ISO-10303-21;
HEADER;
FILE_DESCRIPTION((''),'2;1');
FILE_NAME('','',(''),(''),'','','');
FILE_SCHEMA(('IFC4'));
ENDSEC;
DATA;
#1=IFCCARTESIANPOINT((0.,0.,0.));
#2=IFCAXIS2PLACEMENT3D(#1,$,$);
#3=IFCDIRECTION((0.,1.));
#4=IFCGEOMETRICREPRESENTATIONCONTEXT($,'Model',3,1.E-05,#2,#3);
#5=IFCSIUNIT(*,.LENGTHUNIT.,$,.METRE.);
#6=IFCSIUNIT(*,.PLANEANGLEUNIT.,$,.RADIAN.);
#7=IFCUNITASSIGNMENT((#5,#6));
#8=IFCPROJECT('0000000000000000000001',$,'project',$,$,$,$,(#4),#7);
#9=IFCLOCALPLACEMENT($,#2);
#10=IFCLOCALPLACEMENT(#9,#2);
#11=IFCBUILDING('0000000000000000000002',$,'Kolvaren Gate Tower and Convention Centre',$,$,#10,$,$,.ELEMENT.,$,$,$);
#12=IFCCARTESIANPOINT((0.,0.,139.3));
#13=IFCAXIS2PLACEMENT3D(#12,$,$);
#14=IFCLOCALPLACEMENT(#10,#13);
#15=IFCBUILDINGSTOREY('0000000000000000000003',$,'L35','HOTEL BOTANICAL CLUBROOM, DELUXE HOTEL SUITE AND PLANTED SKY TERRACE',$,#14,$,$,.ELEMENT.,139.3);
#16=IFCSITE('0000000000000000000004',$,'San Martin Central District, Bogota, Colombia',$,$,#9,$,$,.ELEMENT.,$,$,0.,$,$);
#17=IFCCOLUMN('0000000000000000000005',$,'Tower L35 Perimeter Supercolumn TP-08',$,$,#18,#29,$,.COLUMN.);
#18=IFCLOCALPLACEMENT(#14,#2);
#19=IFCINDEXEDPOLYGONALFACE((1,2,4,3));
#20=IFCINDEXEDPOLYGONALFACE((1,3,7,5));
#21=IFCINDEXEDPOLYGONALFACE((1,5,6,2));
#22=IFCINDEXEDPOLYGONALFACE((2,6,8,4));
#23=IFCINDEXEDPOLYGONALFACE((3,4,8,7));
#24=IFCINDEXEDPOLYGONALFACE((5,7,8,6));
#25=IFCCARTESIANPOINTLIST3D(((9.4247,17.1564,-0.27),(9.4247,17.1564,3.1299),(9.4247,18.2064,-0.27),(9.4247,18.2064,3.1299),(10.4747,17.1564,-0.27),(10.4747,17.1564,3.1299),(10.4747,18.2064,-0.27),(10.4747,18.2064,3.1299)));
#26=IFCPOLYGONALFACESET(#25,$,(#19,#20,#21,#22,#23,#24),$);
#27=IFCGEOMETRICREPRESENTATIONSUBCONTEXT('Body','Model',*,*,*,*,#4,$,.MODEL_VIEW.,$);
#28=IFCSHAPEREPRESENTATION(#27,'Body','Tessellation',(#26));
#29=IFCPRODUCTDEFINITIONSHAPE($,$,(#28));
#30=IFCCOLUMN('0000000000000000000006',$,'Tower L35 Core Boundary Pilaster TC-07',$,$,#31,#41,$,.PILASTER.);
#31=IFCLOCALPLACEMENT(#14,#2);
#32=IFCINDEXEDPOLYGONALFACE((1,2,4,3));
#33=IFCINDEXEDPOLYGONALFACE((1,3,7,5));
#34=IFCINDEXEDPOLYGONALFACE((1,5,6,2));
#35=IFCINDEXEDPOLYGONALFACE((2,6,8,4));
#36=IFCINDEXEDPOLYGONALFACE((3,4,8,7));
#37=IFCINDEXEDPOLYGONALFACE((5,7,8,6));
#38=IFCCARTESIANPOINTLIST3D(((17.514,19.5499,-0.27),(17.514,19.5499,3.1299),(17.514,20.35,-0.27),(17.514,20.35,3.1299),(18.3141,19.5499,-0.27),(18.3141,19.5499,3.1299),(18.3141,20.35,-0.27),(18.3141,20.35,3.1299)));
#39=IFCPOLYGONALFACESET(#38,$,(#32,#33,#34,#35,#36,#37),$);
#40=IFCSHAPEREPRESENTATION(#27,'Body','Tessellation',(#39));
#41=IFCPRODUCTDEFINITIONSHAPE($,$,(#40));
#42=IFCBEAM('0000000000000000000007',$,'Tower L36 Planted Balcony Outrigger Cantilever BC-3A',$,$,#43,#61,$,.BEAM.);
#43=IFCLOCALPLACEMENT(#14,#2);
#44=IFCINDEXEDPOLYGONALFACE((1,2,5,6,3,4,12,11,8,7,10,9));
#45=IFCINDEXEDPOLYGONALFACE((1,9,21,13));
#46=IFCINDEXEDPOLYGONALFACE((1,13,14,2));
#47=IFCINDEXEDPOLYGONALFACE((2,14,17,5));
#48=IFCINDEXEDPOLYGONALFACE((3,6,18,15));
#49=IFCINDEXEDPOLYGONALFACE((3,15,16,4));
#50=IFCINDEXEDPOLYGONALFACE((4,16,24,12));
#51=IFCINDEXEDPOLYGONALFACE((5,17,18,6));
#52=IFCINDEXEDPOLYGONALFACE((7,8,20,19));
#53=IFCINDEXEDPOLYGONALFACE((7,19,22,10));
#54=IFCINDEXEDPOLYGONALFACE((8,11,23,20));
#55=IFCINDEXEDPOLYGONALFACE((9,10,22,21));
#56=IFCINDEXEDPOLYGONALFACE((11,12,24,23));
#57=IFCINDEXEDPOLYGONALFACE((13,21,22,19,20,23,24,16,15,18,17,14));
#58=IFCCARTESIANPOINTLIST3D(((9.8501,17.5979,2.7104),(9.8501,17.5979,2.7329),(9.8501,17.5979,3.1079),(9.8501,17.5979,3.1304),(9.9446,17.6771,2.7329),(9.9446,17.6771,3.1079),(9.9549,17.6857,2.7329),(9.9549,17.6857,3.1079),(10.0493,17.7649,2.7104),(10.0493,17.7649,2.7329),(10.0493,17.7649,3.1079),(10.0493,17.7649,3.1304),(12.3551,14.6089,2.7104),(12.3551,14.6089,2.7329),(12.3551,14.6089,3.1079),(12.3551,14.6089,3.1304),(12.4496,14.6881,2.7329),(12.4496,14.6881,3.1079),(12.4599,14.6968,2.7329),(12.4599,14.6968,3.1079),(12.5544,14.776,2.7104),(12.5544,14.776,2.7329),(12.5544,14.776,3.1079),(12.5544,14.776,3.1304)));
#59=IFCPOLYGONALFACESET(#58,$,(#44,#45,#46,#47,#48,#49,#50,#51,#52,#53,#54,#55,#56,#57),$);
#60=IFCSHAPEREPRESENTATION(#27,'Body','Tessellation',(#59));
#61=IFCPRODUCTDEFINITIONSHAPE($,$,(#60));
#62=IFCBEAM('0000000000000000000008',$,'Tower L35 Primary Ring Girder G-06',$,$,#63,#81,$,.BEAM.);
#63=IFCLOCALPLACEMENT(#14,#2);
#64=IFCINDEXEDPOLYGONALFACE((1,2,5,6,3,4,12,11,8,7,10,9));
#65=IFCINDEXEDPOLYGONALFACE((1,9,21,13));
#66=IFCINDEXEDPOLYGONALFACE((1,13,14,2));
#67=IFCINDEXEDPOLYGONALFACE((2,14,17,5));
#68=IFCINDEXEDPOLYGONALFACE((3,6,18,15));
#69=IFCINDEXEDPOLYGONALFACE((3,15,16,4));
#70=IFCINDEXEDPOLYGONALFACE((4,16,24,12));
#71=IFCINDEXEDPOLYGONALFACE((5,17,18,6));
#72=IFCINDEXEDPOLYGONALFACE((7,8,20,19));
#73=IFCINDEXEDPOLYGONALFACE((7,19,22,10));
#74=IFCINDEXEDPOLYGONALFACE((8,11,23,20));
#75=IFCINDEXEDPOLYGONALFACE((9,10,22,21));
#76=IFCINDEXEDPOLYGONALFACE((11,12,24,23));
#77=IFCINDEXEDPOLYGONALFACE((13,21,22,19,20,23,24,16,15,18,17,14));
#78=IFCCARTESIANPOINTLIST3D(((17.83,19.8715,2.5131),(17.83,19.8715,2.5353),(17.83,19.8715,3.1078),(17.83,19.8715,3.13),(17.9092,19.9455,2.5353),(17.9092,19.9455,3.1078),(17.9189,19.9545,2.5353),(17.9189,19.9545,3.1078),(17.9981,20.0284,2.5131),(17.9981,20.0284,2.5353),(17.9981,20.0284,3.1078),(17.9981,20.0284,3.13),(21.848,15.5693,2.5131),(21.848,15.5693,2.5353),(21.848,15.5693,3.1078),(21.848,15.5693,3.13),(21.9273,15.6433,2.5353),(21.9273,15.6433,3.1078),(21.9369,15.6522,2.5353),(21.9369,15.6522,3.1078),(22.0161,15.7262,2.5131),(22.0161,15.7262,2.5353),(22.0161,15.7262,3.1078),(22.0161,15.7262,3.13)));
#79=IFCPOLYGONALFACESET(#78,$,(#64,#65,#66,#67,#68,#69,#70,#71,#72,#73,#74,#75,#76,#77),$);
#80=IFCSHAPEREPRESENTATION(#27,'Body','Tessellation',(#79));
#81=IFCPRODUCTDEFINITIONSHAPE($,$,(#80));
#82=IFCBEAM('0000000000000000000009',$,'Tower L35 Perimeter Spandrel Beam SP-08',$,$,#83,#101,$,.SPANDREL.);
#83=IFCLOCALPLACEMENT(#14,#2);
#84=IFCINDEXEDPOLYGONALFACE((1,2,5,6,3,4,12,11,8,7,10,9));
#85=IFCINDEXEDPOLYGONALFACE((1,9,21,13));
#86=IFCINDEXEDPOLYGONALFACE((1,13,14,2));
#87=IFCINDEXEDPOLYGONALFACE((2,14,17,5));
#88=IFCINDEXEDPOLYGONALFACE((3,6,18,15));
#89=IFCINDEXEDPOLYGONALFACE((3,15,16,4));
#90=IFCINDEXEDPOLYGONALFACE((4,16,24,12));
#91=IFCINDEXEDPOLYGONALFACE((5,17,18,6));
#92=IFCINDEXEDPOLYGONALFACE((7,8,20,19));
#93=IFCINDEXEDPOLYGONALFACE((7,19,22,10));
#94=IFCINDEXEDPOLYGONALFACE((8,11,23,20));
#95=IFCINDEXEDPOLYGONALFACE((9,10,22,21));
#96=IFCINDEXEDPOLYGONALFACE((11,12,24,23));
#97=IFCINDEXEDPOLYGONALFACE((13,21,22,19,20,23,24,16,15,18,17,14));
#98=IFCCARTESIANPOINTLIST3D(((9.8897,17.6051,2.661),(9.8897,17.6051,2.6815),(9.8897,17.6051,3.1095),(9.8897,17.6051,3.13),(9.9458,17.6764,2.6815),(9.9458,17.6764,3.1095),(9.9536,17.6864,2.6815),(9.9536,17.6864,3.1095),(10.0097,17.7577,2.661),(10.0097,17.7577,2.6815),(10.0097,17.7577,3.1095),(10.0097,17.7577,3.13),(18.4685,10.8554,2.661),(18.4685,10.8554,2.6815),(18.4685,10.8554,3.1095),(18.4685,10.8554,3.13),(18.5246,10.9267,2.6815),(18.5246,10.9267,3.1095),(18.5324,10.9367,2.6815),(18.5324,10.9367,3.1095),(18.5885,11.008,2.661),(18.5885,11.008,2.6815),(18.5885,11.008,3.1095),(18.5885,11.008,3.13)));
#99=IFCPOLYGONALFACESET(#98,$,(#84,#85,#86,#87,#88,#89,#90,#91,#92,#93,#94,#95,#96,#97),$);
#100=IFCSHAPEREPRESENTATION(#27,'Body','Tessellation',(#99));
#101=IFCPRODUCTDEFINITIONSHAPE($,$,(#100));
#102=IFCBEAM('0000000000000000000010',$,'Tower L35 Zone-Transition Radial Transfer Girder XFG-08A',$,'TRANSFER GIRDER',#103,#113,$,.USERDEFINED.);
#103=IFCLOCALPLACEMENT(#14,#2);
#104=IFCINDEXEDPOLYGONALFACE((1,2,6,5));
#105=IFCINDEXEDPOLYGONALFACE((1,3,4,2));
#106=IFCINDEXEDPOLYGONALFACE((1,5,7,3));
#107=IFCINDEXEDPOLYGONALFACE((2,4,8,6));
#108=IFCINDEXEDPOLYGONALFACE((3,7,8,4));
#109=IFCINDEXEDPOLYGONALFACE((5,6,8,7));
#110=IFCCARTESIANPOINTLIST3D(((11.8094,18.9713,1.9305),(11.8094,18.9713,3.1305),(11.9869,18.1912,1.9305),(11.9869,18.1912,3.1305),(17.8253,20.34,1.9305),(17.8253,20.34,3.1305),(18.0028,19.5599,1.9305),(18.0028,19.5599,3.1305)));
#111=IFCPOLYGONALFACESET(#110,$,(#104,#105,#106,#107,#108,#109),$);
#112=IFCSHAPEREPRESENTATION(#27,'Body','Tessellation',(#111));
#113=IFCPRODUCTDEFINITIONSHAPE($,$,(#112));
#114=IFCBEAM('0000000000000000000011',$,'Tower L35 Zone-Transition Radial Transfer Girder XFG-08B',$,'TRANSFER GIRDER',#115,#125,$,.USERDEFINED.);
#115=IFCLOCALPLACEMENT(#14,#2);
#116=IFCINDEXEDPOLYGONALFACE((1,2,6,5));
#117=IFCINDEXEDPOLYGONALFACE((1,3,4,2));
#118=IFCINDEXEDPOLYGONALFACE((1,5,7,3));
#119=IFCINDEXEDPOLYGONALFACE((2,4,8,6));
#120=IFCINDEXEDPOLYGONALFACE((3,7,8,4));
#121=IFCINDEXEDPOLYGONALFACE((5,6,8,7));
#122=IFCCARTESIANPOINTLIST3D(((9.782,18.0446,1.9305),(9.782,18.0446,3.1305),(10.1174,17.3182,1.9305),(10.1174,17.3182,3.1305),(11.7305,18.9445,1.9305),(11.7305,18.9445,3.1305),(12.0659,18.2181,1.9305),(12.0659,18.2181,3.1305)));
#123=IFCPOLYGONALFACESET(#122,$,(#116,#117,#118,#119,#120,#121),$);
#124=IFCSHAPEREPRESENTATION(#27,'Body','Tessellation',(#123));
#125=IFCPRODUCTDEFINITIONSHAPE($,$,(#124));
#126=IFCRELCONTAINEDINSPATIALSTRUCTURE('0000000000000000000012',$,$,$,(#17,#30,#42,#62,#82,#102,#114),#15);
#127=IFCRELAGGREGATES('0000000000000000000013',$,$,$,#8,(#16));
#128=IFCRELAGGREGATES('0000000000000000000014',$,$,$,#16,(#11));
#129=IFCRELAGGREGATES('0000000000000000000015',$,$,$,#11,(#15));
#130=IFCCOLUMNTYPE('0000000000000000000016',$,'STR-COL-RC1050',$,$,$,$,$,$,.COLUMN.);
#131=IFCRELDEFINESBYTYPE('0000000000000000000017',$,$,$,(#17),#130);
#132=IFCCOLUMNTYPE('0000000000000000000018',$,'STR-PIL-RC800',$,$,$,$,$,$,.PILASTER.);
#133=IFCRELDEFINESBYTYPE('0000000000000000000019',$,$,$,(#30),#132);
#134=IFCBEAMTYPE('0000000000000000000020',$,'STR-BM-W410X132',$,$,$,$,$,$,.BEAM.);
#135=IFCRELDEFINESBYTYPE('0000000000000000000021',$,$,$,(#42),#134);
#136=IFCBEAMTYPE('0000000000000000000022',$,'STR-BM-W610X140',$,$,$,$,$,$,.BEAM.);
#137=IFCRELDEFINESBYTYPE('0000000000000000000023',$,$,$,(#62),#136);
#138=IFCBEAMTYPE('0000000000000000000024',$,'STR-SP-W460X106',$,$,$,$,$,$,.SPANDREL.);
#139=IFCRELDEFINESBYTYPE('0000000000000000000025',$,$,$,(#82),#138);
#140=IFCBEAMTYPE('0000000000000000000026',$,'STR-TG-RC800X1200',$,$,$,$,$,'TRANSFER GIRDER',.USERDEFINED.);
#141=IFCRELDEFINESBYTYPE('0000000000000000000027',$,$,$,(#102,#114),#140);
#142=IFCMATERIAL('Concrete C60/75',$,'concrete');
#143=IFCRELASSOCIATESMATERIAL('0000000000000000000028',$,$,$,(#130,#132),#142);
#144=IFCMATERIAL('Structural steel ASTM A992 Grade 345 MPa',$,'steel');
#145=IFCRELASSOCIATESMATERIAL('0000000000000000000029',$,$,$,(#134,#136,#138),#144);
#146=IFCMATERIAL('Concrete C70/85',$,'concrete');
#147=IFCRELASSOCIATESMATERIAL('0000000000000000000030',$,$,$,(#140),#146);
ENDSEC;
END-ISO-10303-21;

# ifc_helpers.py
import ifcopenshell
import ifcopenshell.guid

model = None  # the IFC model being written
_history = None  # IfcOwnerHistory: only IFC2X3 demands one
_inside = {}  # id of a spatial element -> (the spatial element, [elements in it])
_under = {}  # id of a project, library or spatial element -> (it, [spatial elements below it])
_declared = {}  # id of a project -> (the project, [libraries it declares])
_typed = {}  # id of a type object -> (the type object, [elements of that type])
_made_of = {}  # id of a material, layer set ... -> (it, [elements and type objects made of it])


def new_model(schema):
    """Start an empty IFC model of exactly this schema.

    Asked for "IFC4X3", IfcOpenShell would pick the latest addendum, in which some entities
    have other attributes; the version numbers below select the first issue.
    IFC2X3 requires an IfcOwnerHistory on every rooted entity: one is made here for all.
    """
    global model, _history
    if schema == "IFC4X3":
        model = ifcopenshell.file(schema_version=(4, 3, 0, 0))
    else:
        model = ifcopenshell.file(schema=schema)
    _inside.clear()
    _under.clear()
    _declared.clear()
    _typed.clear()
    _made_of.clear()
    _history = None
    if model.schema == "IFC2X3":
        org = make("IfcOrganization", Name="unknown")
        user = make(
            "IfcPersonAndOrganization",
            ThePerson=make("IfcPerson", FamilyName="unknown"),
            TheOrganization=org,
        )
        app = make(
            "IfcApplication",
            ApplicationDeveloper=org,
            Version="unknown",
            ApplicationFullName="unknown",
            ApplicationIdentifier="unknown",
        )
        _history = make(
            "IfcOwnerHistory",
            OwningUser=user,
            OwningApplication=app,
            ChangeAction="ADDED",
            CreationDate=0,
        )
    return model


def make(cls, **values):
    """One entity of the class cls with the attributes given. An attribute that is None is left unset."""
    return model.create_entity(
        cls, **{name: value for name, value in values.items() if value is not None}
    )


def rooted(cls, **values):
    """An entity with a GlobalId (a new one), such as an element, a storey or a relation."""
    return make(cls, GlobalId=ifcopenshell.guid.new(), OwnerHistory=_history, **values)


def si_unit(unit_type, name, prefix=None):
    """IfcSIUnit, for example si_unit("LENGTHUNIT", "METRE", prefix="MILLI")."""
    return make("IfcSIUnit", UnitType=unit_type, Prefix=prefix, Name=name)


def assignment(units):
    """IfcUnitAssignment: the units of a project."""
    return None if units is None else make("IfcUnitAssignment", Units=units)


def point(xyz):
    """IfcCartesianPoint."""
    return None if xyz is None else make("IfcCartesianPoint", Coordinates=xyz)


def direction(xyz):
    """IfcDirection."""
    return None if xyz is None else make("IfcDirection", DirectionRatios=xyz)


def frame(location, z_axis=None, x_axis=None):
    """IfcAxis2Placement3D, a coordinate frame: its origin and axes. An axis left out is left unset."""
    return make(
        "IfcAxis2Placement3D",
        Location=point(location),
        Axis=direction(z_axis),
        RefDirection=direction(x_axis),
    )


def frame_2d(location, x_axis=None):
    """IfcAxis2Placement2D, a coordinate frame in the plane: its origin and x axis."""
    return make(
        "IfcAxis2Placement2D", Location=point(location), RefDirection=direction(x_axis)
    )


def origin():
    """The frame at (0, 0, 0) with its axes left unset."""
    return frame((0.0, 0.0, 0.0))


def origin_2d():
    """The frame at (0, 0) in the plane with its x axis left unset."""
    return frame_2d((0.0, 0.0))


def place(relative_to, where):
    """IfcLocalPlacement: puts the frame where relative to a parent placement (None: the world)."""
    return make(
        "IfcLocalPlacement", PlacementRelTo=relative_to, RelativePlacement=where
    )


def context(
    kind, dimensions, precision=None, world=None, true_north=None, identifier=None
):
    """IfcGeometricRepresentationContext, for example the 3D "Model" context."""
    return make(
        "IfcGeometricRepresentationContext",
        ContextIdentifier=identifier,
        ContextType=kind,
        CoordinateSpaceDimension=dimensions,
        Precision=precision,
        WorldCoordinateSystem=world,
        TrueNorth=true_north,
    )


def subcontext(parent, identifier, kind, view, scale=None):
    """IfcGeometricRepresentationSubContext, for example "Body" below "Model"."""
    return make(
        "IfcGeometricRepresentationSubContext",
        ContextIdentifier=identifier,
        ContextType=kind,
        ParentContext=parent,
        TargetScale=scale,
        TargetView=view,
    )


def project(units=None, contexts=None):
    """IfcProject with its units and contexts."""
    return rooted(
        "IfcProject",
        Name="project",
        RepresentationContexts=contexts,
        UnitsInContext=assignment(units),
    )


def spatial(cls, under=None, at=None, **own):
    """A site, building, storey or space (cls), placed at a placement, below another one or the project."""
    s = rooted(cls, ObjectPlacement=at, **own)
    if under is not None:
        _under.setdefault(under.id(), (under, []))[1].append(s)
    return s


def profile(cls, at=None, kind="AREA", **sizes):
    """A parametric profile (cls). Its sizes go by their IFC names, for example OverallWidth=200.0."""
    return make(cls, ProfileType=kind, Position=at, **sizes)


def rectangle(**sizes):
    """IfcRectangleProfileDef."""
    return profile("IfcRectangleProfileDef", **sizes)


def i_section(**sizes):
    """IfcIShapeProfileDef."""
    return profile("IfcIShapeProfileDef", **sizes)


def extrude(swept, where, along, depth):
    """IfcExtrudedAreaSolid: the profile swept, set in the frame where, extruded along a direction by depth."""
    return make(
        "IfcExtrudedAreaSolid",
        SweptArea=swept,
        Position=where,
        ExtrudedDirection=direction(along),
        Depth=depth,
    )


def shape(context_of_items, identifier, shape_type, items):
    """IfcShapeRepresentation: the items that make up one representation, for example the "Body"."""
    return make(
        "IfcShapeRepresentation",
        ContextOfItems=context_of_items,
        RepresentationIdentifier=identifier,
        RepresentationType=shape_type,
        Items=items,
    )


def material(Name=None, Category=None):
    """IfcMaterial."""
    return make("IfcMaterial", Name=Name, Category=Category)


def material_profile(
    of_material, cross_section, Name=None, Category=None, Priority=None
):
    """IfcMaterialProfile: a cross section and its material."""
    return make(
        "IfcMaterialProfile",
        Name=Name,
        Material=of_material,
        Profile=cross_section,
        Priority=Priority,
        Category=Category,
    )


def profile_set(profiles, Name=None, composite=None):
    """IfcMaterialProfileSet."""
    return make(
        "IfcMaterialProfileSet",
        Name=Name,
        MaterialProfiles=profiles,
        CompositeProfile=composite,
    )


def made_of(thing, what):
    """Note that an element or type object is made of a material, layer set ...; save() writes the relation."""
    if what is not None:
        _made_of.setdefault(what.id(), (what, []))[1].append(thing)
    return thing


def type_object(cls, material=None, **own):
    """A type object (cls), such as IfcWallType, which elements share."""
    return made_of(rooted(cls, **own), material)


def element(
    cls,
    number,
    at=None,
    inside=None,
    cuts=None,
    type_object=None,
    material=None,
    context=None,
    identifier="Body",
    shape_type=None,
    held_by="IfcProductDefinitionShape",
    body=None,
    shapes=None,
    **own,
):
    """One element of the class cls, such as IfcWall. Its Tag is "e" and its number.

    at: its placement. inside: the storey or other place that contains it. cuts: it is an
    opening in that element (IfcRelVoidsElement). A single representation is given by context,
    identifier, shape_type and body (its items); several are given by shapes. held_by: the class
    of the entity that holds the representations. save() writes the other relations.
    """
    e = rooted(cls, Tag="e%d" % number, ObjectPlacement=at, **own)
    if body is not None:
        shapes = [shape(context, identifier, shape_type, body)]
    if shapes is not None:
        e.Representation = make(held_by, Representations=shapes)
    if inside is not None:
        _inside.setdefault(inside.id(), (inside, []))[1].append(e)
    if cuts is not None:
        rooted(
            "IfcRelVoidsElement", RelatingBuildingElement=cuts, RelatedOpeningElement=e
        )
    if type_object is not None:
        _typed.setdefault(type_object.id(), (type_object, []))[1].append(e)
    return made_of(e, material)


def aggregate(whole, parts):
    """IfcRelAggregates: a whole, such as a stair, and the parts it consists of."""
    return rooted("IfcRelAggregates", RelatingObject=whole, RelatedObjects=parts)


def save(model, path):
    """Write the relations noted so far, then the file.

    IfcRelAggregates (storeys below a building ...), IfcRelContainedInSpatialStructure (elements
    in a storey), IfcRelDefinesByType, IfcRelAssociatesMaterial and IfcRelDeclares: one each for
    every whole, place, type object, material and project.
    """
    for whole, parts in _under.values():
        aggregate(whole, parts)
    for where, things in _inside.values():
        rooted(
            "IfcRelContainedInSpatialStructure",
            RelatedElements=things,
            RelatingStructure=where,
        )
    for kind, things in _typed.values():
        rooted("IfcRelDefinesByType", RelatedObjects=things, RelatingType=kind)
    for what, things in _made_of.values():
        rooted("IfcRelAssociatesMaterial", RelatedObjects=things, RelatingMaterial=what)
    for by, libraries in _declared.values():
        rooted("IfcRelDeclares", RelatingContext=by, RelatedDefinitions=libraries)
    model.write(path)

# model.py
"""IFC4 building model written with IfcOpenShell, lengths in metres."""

from ifc_helpers import new_model, si_unit, direction, frame, origin, origin_2d, place, context, subcontext, project, spatial, rectangle, i_section, extrude, material, material_profile, profile_set, type_object, element, save


model = new_model("IFC4")

# Units and contexts
model_context = context("Model", 3, precision=1e-05, world=origin(), true_north=direction((0.0, 1.0)))
body_context = subcontext(model_context, "Body", "Model", "MODEL_VIEW")
ifc_project = project(units=[si_unit("LENGTHUNIT", "METRE"), si_unit("PLANEANGLEUNIT", "RADIAN")], contexts=[model_context])

# Site, building, storey
site_placement = place(None, origin())
site = spatial("IfcSite", under=ifc_project, at=site_placement, Name="San Martin Central District, Bogota, Colombia", CompositionType="ELEMENT", RefElevation=0.0)
building_placement = place(site_placement, origin())
building = spatial("IfcBuilding", under=site, at=building_placement, Name="Kolvaren Gate Tower and Convention Centre", CompositionType="ELEMENT")
storey_placement = place(building_placement, frame((0.0, 0.0, 139.3)))
storey = spatial("IfcBuildingStorey", under=building, at=storey_placement, Name="L35", Description="HOTEL BOTANICAL CLUBROOM, DELUXE HOTEL SUITE AND PLANTED SKY TERRACE", CompositionType="ELEMENT", Elevation=139.3)

# Columns
ifc_material_1 = material(Name="Concrete C60/75", Category="concrete")
ifc_material_profile_1 = material_profile(ifc_material_1, rectangle(XDim=1.05, YDim=1.05, at=origin_2d()), Name="RC-COL-1050X1050")
ifc_profile_set_1 = profile_set([ifc_material_profile_1], Name="Concrete C60/75")
column_type_1 = type_object("IfcColumnType", Name="STR-COL-RC1050", PredefinedType="COLUMN", material=ifc_profile_set_1)
column_1_placement = place(storey_placement, frame((9.9497, 17.6814, -0.27), z_axis=(0.0, 0.0, 1.0), x_axis=(1.0, 0.0, 0.0)))
element("IfcColumn", 1, at=column_1_placement, inside=storey, type_object=column_type_1, Name="Tower L35 Perimeter Supercolumn TP-08", PredefinedType="COLUMN", context=body_context, shape_type="SweptSolid", body=[
    extrude(rectangle(XDim=1.05, YDim=1.05, at=origin_2d()), origin(), (0.0, 0.0, 1.0), 3.3999),
])
ifc_material_profile_2 = material_profile(ifc_material_1, rectangle(XDim=0.8, YDim=0.8, at=origin_2d()), Name="RC-COL-800X800")
ifc_profile_set_2 = profile_set([ifc_material_profile_2], Name="Concrete C60/75")
column_type_2 = type_object("IfcColumnType", Name="STR-PIL-RC800", PredefinedType="PILASTER", material=ifc_profile_set_2)
column_2_placement = place(storey_placement, frame((17.9141, 19.95, -0.27), z_axis=(0.0, 0.0, 1.0), x_axis=(1.0, 0.0, 0.0)))
element("IfcColumn", 2, at=column_2_placement, inside=storey, type_object=column_type_2, Name="Tower L35 Core Boundary Pilaster TC-07", PredefinedType="PILASTER", context=body_context, shape_type="SweptSolid", body=[
    extrude(rectangle(XDim=0.8, YDim=0.8, at=origin_2d()), origin(), (0.0, 0.0, 1.0), 3.3999),
])

# Beams
ifc_material_2 = material(Name="Structural steel ASTM A992 Grade 345 MPa", Category="steel")
ifc_material_profile_3 = material_profile(ifc_material_2, i_section(OverallWidth=0.26, OverallDepth=0.4199, WebThickness=0.0134, FlangeThickness=0.0225, at=origin_2d()), Name="W410X132")
ifc_profile_set_3 = profile_set([ifc_material_profile_3], Name="Structural steel ASTM A992 Grade 345 MPa")
beam_type_1 = type_object("IfcBeamType", Name="STR-BM-W410X132", PredefinedType="BEAM", material=ifc_profile_set_3)
beam_1_placement = place(storey_placement, frame((9.9497, 17.6814, 2.9204), z_axis=(0.642343, -0.766417, 0.0), x_axis=(0.766417, 0.642343, 0.0)))
element("IfcBeam", 3, at=beam_1_placement, inside=storey, type_object=beam_type_1, Name="Tower L36 Planted Balcony Outrigger Cantilever BC-3A", PredefinedType="BEAM", context=body_context, shape_type="SweptSolid", body=[
    extrude(i_section(OverallWidth=0.26, OverallDepth=0.4199, WebThickness=0.0134, FlangeThickness=0.0225, at=origin_2d()), origin(), (0.0, 0.0, 1.0), 3.8999),
])
ifc_material_profile_4 = material_profile(ifc_material_2, i_section(OverallWidth=0.23, OverallDepth=0.6169, WebThickness=0.0132, FlangeThickness=0.0222, at=origin_2d()), Name="W610X140")
ifc_profile_set_4 = profile_set([ifc_material_profile_4], Name="Structural steel ASTM A992 Grade 345 MPa")
beam_type_2 = type_object("IfcBeamType", Name="STR-BM-W610X140", PredefinedType="BEAM", material=ifc_profile_set_4)
beam_2_placement = place(storey_placement, frame((17.9141, 19.95, 2.8215), z_axis=(0.682558, -0.730832, 0.0), x_axis=(0.730832, 0.682558, 0.0)))
element("IfcBeam", 4, at=beam_2_placement, inside=storey, type_object=beam_type_2, Name="Tower L35 Primary Ring Girder G-06", PredefinedType="BEAM", context=body_context, shape_type="SweptSolid", body=[
    extrude(i_section(OverallWidth=0.23, OverallDepth=0.6169, WebThickness=0.0132, FlangeThickness=0.0222, at=origin_2d()), origin(), (0.0, 0.0, 1.0), 5.8867),
])
ifc_material_profile_5 = material_profile(ifc_material_2, i_section(OverallWidth=0.1941, OverallDepth=0.469, WebThickness=0.0127, FlangeThickness=0.0205, at=origin_2d()), Name="W460X106")
ifc_profile_set_5 = profile_set([ifc_material_profile_5], Name="Structural steel ASTM A992 Grade 345 MPa")
beam_type_3 = type_object("IfcBeamType", Name="STR-SP-W460X106", PredefinedType="SPANDREL", material=ifc_profile_set_5)
beam_3_placement = place(storey_placement, frame((9.9497, 17.6814, 2.8955), z_axis=(0.785908, -0.618344, 0.0), x_axis=(0.618344, 0.785908, 0.0)))
element("IfcBeam", 5, at=beam_3_placement, inside=storey, type_object=beam_type_3, Name="Tower L35 Perimeter Spandrel Beam SP-08", PredefinedType="SPANDREL", context=body_context, shape_type="SweptSolid", body=[
    extrude(i_section(OverallWidth=0.1941, OverallDepth=0.469, WebThickness=0.0127, FlangeThickness=0.0205, at=origin_2d()), origin(), (0.0, 0.0, 1.0), 10.9158),
])
ifc_material_3 = material(Name="Concrete C70/85", Category="concrete")
ifc_material_profile_6 = material_profile(ifc_material_3, rectangle(XDim=0.8, YDim=1.2, at=origin_2d()), Name="RC-BM-800X1200")
ifc_profile_set_6 = profile_set([ifc_material_profile_6], Name="Concrete C70/85")
beam_type_4 = type_object("IfcBeamType", Name="STR-TG-RC800X1200", ElementType="TRANSFER GIRDER", PredefinedType="USERDEFINED", material=ifc_profile_set_6)
beam_4_placement = place(storey_placement, frame((17.9141, 19.95, 2.5305), z_axis=(-0.975083, -0.221838, 0.0), x_axis=(0.221838, -0.975083, 0.0)))
element("IfcBeam", 6, at=beam_4_placement, inside=storey, type_object=beam_type_4, Name="Tower L35 Zone-Transition Radial Transfer Girder XFG-08A", ObjectType="TRANSFER GIRDER", PredefinedType="USERDEFINED", context=body_context, shape_type="SweptSolid", body=[
    extrude(rectangle(XDim=0.8, YDim=1.2, at=origin_2d()), origin(), (0.0, 0.0, 1.0), 6.1697),
])
beam_5_placement = place(storey_placement, frame((11.8982, 18.5813, 2.5305), z_axis=(-0.907853, -0.419289, 0.0), x_axis=(0.419289, -0.907853, 0.0)))
element("IfcBeam", 7, at=beam_5_placement, inside=storey, type_object=beam_type_4, Name="Tower L35 Zone-Transition Radial Transfer Girder XFG-08B", ObjectType="TRANSFER GIRDER", PredefinedType="USERDEFINED", context=body_context, shape_type="SweptSolid", body=[
    extrude(rectangle(XDim=0.8, YDim=1.2, at=origin_2d()), origin(), (0.0, 0.0, 1.0), 2.1462),
])

save(model, "model.ifc")
